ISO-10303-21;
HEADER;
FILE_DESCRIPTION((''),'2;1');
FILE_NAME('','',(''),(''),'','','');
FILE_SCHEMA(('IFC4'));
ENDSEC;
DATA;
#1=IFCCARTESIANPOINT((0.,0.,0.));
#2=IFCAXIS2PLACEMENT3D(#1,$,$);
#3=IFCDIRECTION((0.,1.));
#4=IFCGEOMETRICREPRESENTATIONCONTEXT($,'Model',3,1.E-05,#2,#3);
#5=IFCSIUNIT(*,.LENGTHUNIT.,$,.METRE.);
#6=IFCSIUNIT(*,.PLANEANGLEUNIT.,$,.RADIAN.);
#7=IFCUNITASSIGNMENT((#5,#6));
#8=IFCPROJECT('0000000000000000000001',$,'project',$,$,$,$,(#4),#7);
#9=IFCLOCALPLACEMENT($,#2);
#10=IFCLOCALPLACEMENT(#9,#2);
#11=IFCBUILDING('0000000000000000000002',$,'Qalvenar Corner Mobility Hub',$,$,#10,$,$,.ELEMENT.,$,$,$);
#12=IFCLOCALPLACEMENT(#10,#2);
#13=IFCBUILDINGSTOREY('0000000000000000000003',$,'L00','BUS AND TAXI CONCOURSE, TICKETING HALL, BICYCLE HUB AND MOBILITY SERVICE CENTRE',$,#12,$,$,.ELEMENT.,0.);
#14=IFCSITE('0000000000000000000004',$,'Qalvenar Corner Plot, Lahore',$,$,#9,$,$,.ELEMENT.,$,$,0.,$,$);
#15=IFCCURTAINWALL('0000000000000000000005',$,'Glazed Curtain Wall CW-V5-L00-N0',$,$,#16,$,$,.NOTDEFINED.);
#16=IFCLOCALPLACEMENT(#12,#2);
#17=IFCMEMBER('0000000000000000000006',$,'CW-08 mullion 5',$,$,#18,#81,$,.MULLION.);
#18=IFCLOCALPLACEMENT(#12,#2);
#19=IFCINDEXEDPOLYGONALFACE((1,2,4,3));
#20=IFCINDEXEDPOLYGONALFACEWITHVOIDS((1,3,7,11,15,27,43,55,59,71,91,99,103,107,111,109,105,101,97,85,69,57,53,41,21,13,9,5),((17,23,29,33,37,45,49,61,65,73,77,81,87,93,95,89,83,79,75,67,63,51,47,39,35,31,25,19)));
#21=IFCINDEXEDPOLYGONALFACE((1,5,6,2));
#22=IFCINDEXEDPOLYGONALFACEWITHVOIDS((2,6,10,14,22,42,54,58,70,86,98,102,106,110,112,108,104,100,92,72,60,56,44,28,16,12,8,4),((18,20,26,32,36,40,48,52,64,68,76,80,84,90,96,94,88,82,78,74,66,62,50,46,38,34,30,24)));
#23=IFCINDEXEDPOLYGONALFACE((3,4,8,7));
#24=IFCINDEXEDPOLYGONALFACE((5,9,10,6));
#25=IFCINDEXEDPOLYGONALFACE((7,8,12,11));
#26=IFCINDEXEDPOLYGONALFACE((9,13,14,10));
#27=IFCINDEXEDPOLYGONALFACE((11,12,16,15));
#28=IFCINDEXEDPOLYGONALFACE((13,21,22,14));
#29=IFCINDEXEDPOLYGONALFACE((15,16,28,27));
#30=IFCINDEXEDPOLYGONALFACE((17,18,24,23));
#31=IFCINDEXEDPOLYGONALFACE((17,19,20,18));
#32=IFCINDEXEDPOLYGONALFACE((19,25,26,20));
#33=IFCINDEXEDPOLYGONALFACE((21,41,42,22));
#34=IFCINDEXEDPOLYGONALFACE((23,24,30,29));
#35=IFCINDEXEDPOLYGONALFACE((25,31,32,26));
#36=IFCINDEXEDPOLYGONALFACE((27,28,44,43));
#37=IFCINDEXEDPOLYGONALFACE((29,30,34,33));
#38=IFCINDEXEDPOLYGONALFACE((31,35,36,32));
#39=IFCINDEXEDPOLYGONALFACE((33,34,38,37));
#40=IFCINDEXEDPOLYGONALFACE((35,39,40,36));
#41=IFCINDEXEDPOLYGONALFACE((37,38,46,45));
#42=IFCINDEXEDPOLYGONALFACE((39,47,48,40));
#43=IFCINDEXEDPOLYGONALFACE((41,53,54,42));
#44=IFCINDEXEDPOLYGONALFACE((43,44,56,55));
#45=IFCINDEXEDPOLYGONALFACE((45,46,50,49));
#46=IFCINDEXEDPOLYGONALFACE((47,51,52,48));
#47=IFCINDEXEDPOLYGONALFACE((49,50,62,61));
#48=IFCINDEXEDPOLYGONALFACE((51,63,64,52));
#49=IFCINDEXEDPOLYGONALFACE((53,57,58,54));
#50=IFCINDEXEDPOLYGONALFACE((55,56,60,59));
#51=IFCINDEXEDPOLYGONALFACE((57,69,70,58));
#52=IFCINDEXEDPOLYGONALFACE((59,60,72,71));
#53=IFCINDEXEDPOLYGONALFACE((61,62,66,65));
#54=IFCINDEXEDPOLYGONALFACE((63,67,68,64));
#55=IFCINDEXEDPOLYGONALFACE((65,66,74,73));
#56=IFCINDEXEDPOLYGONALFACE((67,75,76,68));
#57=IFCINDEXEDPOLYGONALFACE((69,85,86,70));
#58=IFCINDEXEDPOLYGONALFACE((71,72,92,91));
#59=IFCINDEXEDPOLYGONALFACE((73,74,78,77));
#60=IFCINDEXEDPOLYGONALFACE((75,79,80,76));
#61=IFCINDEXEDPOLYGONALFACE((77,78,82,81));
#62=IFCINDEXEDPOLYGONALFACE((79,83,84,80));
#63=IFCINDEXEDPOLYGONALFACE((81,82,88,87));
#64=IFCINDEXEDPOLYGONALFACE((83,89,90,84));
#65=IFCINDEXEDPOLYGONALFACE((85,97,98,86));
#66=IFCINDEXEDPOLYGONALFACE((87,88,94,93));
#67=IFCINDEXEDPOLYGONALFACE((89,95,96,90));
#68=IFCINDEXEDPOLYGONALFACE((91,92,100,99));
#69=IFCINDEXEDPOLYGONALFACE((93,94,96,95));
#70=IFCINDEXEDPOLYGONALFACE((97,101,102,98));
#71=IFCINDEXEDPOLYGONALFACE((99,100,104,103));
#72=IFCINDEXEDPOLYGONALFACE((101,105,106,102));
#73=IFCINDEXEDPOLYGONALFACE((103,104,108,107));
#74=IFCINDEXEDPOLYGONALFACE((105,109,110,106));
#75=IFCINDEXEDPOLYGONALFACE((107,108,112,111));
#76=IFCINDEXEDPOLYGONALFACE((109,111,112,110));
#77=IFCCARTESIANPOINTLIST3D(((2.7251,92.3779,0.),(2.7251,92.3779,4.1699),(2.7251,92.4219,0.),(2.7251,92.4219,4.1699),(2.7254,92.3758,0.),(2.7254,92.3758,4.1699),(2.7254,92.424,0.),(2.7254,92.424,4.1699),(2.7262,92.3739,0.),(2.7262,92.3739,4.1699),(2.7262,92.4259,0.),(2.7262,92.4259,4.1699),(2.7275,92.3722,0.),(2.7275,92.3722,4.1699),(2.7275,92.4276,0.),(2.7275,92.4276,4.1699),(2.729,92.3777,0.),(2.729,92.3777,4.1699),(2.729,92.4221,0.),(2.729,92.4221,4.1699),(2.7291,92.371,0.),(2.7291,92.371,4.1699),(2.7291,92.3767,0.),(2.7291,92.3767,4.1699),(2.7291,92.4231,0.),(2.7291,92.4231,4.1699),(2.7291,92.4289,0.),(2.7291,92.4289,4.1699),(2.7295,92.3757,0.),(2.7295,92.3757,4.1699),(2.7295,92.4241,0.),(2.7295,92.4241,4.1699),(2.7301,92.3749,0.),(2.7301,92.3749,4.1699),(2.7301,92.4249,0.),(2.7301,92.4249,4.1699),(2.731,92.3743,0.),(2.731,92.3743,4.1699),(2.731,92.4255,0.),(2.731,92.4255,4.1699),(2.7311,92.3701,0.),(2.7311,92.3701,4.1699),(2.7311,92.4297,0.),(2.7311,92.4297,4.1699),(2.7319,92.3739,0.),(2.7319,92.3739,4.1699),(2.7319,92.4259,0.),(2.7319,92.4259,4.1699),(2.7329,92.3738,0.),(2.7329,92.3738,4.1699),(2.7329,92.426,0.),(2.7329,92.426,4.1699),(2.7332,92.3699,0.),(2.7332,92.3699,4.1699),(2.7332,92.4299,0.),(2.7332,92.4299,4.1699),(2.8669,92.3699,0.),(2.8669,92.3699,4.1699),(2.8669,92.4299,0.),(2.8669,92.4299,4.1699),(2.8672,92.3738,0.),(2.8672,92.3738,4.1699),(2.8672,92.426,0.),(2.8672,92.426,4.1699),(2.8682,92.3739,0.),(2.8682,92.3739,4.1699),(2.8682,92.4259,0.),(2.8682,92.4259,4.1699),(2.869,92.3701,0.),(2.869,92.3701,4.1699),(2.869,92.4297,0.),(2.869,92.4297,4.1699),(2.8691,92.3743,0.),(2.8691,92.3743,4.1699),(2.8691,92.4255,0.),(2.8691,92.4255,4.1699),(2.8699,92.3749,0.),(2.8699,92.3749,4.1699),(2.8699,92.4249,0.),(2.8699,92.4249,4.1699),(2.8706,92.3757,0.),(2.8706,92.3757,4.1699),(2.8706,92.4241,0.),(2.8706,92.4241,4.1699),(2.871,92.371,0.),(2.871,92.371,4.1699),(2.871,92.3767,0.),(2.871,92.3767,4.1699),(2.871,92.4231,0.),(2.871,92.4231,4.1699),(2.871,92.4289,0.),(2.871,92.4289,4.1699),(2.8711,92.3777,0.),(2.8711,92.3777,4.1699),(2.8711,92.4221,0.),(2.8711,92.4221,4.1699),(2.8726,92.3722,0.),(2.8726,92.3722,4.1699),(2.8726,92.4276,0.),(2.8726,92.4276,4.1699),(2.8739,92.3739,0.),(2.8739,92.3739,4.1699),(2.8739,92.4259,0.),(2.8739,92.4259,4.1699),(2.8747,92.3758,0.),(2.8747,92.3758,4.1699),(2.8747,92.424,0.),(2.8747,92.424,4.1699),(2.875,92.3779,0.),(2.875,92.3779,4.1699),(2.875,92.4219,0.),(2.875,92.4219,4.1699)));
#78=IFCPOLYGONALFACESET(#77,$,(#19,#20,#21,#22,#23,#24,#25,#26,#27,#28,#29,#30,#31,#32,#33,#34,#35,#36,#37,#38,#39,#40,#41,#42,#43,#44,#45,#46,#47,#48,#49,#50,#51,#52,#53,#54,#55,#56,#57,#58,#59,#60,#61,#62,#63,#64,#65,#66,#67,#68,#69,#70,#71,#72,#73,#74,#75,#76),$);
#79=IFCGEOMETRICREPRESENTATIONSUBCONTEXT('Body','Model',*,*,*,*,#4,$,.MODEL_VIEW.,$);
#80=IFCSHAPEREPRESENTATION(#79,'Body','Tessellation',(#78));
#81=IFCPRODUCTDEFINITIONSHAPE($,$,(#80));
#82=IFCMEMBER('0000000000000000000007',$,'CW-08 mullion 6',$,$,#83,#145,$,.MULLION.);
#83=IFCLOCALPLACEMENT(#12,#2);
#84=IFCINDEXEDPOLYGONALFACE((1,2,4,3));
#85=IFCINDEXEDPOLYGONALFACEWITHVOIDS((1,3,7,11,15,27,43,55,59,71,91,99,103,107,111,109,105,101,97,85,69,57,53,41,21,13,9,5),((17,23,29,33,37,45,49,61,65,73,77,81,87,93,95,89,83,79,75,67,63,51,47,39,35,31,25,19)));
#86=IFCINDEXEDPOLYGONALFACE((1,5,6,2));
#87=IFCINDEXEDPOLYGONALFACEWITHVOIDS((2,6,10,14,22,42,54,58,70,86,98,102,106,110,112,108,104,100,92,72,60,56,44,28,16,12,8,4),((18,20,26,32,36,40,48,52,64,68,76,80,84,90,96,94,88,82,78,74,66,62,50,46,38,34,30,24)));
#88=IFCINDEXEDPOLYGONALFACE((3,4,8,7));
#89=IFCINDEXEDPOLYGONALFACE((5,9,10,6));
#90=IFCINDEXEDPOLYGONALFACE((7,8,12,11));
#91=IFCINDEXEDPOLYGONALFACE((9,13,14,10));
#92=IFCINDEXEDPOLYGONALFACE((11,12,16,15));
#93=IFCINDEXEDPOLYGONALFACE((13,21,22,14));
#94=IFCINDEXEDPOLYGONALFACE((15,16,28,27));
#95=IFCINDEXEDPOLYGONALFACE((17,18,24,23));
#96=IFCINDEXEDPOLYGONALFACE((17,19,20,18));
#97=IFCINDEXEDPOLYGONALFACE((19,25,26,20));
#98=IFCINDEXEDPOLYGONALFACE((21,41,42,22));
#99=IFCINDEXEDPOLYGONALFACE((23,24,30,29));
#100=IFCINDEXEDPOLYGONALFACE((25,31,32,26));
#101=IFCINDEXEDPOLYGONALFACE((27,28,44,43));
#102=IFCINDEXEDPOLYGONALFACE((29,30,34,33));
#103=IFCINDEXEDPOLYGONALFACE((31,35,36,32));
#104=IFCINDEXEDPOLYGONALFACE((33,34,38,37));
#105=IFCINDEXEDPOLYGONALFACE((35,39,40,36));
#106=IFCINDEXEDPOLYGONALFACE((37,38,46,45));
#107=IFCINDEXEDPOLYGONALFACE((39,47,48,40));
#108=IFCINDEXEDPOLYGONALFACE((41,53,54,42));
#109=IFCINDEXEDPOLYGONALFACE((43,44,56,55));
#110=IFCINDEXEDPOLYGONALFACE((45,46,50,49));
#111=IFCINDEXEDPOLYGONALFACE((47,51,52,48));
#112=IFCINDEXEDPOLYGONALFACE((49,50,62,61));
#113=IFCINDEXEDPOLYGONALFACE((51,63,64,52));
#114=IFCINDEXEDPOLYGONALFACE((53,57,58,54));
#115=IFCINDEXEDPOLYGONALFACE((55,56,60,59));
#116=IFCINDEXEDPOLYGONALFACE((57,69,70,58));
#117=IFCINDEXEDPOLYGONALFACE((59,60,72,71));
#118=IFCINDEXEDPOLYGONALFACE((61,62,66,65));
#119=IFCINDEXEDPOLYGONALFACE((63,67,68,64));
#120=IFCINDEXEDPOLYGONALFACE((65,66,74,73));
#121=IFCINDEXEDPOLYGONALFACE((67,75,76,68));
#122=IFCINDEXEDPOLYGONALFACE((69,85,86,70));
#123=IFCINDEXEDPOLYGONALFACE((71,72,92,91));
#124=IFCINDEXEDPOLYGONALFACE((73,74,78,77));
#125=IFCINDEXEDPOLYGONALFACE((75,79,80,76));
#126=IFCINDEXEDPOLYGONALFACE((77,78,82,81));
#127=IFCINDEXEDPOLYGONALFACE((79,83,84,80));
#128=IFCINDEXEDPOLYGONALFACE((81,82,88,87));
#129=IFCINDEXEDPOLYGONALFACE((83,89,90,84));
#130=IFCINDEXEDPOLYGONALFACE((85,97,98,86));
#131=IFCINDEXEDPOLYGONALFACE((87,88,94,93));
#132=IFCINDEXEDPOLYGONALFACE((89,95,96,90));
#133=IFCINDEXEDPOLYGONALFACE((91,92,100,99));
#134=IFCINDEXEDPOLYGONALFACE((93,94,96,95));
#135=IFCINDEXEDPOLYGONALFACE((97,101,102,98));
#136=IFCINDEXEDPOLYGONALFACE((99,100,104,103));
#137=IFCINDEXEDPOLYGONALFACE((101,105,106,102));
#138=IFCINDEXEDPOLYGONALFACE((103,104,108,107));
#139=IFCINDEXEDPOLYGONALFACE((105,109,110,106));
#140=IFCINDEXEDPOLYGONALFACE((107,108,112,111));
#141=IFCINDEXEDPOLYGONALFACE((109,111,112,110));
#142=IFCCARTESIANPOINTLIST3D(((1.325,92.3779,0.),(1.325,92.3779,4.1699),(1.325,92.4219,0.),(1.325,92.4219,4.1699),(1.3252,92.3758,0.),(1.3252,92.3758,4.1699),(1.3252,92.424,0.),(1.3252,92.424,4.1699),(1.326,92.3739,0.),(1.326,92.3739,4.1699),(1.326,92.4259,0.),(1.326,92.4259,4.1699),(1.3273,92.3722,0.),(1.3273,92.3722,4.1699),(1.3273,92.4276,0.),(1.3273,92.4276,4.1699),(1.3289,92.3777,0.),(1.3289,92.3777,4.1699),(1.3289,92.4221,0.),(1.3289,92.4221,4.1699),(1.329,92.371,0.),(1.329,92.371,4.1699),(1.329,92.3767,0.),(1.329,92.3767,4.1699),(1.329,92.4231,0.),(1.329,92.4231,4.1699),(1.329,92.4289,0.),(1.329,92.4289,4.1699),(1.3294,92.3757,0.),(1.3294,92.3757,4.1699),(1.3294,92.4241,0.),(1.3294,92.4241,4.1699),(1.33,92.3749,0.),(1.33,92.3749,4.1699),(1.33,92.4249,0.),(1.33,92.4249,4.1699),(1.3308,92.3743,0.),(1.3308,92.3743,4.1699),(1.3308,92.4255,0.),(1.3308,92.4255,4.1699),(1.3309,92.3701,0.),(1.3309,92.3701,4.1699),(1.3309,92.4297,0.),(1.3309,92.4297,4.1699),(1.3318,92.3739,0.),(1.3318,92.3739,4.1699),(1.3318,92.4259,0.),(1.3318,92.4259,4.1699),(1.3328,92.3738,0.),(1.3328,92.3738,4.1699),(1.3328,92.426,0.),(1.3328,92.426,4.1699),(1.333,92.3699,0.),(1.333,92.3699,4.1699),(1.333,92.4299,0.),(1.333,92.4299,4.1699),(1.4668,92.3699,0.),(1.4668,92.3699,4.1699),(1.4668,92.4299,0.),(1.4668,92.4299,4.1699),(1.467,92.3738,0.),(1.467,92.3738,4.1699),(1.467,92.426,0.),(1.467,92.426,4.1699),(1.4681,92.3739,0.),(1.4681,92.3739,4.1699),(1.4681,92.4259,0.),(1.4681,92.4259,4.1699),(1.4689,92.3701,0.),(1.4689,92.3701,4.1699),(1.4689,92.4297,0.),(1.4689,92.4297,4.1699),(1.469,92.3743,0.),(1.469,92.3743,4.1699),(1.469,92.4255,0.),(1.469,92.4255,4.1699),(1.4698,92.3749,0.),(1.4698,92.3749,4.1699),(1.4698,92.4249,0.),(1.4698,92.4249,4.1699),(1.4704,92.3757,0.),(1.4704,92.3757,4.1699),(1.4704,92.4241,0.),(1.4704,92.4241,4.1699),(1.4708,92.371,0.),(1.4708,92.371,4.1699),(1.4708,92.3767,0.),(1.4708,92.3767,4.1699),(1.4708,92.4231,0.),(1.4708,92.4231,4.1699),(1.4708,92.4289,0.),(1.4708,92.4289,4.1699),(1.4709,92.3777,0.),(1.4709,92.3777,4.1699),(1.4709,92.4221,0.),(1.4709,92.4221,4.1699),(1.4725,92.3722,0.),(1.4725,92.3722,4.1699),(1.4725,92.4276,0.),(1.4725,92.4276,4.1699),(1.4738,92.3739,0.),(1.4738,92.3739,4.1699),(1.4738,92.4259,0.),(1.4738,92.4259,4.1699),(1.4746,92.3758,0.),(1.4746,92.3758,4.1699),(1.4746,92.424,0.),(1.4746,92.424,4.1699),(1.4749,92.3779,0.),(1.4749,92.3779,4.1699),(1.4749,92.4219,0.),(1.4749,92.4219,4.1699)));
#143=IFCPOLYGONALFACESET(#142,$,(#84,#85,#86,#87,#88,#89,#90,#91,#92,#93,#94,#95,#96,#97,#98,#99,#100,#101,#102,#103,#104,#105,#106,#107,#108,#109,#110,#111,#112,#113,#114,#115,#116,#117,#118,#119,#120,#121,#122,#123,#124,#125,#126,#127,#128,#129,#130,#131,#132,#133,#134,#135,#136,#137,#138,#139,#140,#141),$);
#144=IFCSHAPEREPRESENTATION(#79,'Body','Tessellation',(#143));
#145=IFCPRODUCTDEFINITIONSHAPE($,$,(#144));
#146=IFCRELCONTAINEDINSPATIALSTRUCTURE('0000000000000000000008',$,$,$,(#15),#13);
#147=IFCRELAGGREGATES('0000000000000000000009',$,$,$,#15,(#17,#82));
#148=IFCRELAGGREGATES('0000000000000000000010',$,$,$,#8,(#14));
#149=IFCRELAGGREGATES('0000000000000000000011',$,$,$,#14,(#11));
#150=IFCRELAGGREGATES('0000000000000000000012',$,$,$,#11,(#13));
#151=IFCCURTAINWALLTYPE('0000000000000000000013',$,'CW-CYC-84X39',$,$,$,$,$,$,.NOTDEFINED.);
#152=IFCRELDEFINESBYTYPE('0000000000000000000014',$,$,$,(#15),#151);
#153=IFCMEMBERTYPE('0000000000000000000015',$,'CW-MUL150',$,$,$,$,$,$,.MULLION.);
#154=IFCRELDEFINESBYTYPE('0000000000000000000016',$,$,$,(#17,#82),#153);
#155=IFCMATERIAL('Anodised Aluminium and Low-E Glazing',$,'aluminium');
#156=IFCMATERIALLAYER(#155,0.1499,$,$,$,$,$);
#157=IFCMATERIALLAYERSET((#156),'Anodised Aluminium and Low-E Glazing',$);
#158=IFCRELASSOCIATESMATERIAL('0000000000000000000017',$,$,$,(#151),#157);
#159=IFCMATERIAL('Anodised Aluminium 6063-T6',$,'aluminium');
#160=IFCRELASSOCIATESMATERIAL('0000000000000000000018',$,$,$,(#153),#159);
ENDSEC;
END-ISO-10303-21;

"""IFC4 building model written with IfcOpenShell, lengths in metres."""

from ifc_helpers import new_model, si_unit, direction, frame, origin, origin_2d, place, context, subcontext, project, spatial, hollow_rectangle, extrude, material, layer, layer_set, material_profile, profile_set, type_object, element, aggregate, save


model = new_model("IFC4")

# Units and contexts
model_context = context("Model", 3, precision=1e-05, world=origin(), true_north=direction((0.0, 1.0)))
body_context = subcontext(model_context, "Body", "Model", "MODEL_VIEW")
ifc_project = project(units=[si_unit("LENGTHUNIT", "METRE"), si_unit("PLANEANGLEUNIT", "RADIAN")], contexts=[model_context])

# Site, building, storey
site_placement = place(None, origin())
site = spatial("IfcSite", under=ifc_project, at=site_placement, Name="Qalvenar Corner Plot, Lahore", CompositionType="ELEMENT", RefElevation=0.0)
building_placement = place(site_placement, origin())
building = spatial("IfcBuilding", under=site, at=building_placement, Name="Qalvenar Corner Mobility Hub", CompositionType="ELEMENT")
storey_placement = place(building_placement, origin())
storey = spatial("IfcBuildingStorey", under=building, at=storey_placement, Name="L00", Description="BUS AND TAXI CONCOURSE, TICKETING HALL, BICYCLE HUB AND MOBILITY SERVICE CENTRE", CompositionType="ELEMENT", Elevation=0.0)

# Curtain wall, members
ifc_material_1 = material(Name="Anodised Aluminium and Low-E Glazing", Category="aluminium")
ifc_layer_1 = layer(ifc_material_1, 0.1499)
ifc_layer_set_1 = layer_set([ifc_layer_1], Name="Anodised Aluminium and Low-E Glazing")
curtain_wall_type = type_object("IfcCurtainWallType", Name="CW-CYC-84X39", PredefinedType="NOTDEFINED", material=ifc_layer_set_1)
curtain_wall_placement = place(storey_placement, origin())
curtain_wall = element("IfcCurtainWall", 1, at=curtain_wall_placement, inside=storey, type_object=curtain_wall_type, Name="Glazed Curtain Wall CW-V5-L00-N0", PredefinedType="NOTDEFINED")
ifc_material_2 = material(Name="Anodised Aluminium 6063-T6", Category="aluminium")
ifc_material_profile_1 = material_profile(ifc_material_2, hollow_rectangle(XDim=0.0601, YDim=0.1499, WallThickness=0.0039, InnerFilletRadius=0.0039, OuterFilletRadius=0.0081, at=origin_2d()), Name="RHS150x60x4")
ifc_profile_set_1 = profile_set([ifc_material_profile_1], Name="Anodised Aluminium 6063-T6")
member_type_1 = type_object("IfcMemberType", Name="CW-MUL150", PredefinedType="MULLION", material=ifc_profile_set_1)
member_1_placement = place(storey_placement, frame((2.8, 92.3999, 0.0), z_axis=(0.0, 0.0, 1.0), x_axis=(0.0, -1.0, 0.0)))
member_1 = element("IfcMember", 2, at=member_1_placement, type_object=member_type_1, Name="CW-08 mullion 5", PredefinedType="MULLION", context=body_context, shape_type="SweptSolid", body=[
    extrude(hollow_rectangle(XDim=0.0601, YDim=0.1499, WallThickness=0.0039, InnerFilletRadius=0.0039, OuterFilletRadius=0.0081, at=origin_2d()), origin(), (0.0, 0.0, 1.0), 4.1699),
])
member_2_placement = place(storey_placement, frame((1.3999, 92.3999, 0.0), z_axis=(0.0, 0.0, 1.0), x_axis=(0.0, -1.0, 0.0)))
member_2 = element("IfcMember", 3, at=member_2_placement, type_object=member_type_1, Name="CW-08 mullion 6", PredefinedType="MULLION", context=body_context, shape_type="SweptSolid", body=[
    extrude(hollow_rectangle(XDim=0.0601, YDim=0.1499, WallThickness=0.0039, InnerFilletRadius=0.0039, OuterFilletRadius=0.0081, at=origin_2d()), origin(), (0.0, 0.0, 1.0), 4.1699),
])
aggregate(curtain_wall, [member_1, member_2])

save(model, "model.ifc")
